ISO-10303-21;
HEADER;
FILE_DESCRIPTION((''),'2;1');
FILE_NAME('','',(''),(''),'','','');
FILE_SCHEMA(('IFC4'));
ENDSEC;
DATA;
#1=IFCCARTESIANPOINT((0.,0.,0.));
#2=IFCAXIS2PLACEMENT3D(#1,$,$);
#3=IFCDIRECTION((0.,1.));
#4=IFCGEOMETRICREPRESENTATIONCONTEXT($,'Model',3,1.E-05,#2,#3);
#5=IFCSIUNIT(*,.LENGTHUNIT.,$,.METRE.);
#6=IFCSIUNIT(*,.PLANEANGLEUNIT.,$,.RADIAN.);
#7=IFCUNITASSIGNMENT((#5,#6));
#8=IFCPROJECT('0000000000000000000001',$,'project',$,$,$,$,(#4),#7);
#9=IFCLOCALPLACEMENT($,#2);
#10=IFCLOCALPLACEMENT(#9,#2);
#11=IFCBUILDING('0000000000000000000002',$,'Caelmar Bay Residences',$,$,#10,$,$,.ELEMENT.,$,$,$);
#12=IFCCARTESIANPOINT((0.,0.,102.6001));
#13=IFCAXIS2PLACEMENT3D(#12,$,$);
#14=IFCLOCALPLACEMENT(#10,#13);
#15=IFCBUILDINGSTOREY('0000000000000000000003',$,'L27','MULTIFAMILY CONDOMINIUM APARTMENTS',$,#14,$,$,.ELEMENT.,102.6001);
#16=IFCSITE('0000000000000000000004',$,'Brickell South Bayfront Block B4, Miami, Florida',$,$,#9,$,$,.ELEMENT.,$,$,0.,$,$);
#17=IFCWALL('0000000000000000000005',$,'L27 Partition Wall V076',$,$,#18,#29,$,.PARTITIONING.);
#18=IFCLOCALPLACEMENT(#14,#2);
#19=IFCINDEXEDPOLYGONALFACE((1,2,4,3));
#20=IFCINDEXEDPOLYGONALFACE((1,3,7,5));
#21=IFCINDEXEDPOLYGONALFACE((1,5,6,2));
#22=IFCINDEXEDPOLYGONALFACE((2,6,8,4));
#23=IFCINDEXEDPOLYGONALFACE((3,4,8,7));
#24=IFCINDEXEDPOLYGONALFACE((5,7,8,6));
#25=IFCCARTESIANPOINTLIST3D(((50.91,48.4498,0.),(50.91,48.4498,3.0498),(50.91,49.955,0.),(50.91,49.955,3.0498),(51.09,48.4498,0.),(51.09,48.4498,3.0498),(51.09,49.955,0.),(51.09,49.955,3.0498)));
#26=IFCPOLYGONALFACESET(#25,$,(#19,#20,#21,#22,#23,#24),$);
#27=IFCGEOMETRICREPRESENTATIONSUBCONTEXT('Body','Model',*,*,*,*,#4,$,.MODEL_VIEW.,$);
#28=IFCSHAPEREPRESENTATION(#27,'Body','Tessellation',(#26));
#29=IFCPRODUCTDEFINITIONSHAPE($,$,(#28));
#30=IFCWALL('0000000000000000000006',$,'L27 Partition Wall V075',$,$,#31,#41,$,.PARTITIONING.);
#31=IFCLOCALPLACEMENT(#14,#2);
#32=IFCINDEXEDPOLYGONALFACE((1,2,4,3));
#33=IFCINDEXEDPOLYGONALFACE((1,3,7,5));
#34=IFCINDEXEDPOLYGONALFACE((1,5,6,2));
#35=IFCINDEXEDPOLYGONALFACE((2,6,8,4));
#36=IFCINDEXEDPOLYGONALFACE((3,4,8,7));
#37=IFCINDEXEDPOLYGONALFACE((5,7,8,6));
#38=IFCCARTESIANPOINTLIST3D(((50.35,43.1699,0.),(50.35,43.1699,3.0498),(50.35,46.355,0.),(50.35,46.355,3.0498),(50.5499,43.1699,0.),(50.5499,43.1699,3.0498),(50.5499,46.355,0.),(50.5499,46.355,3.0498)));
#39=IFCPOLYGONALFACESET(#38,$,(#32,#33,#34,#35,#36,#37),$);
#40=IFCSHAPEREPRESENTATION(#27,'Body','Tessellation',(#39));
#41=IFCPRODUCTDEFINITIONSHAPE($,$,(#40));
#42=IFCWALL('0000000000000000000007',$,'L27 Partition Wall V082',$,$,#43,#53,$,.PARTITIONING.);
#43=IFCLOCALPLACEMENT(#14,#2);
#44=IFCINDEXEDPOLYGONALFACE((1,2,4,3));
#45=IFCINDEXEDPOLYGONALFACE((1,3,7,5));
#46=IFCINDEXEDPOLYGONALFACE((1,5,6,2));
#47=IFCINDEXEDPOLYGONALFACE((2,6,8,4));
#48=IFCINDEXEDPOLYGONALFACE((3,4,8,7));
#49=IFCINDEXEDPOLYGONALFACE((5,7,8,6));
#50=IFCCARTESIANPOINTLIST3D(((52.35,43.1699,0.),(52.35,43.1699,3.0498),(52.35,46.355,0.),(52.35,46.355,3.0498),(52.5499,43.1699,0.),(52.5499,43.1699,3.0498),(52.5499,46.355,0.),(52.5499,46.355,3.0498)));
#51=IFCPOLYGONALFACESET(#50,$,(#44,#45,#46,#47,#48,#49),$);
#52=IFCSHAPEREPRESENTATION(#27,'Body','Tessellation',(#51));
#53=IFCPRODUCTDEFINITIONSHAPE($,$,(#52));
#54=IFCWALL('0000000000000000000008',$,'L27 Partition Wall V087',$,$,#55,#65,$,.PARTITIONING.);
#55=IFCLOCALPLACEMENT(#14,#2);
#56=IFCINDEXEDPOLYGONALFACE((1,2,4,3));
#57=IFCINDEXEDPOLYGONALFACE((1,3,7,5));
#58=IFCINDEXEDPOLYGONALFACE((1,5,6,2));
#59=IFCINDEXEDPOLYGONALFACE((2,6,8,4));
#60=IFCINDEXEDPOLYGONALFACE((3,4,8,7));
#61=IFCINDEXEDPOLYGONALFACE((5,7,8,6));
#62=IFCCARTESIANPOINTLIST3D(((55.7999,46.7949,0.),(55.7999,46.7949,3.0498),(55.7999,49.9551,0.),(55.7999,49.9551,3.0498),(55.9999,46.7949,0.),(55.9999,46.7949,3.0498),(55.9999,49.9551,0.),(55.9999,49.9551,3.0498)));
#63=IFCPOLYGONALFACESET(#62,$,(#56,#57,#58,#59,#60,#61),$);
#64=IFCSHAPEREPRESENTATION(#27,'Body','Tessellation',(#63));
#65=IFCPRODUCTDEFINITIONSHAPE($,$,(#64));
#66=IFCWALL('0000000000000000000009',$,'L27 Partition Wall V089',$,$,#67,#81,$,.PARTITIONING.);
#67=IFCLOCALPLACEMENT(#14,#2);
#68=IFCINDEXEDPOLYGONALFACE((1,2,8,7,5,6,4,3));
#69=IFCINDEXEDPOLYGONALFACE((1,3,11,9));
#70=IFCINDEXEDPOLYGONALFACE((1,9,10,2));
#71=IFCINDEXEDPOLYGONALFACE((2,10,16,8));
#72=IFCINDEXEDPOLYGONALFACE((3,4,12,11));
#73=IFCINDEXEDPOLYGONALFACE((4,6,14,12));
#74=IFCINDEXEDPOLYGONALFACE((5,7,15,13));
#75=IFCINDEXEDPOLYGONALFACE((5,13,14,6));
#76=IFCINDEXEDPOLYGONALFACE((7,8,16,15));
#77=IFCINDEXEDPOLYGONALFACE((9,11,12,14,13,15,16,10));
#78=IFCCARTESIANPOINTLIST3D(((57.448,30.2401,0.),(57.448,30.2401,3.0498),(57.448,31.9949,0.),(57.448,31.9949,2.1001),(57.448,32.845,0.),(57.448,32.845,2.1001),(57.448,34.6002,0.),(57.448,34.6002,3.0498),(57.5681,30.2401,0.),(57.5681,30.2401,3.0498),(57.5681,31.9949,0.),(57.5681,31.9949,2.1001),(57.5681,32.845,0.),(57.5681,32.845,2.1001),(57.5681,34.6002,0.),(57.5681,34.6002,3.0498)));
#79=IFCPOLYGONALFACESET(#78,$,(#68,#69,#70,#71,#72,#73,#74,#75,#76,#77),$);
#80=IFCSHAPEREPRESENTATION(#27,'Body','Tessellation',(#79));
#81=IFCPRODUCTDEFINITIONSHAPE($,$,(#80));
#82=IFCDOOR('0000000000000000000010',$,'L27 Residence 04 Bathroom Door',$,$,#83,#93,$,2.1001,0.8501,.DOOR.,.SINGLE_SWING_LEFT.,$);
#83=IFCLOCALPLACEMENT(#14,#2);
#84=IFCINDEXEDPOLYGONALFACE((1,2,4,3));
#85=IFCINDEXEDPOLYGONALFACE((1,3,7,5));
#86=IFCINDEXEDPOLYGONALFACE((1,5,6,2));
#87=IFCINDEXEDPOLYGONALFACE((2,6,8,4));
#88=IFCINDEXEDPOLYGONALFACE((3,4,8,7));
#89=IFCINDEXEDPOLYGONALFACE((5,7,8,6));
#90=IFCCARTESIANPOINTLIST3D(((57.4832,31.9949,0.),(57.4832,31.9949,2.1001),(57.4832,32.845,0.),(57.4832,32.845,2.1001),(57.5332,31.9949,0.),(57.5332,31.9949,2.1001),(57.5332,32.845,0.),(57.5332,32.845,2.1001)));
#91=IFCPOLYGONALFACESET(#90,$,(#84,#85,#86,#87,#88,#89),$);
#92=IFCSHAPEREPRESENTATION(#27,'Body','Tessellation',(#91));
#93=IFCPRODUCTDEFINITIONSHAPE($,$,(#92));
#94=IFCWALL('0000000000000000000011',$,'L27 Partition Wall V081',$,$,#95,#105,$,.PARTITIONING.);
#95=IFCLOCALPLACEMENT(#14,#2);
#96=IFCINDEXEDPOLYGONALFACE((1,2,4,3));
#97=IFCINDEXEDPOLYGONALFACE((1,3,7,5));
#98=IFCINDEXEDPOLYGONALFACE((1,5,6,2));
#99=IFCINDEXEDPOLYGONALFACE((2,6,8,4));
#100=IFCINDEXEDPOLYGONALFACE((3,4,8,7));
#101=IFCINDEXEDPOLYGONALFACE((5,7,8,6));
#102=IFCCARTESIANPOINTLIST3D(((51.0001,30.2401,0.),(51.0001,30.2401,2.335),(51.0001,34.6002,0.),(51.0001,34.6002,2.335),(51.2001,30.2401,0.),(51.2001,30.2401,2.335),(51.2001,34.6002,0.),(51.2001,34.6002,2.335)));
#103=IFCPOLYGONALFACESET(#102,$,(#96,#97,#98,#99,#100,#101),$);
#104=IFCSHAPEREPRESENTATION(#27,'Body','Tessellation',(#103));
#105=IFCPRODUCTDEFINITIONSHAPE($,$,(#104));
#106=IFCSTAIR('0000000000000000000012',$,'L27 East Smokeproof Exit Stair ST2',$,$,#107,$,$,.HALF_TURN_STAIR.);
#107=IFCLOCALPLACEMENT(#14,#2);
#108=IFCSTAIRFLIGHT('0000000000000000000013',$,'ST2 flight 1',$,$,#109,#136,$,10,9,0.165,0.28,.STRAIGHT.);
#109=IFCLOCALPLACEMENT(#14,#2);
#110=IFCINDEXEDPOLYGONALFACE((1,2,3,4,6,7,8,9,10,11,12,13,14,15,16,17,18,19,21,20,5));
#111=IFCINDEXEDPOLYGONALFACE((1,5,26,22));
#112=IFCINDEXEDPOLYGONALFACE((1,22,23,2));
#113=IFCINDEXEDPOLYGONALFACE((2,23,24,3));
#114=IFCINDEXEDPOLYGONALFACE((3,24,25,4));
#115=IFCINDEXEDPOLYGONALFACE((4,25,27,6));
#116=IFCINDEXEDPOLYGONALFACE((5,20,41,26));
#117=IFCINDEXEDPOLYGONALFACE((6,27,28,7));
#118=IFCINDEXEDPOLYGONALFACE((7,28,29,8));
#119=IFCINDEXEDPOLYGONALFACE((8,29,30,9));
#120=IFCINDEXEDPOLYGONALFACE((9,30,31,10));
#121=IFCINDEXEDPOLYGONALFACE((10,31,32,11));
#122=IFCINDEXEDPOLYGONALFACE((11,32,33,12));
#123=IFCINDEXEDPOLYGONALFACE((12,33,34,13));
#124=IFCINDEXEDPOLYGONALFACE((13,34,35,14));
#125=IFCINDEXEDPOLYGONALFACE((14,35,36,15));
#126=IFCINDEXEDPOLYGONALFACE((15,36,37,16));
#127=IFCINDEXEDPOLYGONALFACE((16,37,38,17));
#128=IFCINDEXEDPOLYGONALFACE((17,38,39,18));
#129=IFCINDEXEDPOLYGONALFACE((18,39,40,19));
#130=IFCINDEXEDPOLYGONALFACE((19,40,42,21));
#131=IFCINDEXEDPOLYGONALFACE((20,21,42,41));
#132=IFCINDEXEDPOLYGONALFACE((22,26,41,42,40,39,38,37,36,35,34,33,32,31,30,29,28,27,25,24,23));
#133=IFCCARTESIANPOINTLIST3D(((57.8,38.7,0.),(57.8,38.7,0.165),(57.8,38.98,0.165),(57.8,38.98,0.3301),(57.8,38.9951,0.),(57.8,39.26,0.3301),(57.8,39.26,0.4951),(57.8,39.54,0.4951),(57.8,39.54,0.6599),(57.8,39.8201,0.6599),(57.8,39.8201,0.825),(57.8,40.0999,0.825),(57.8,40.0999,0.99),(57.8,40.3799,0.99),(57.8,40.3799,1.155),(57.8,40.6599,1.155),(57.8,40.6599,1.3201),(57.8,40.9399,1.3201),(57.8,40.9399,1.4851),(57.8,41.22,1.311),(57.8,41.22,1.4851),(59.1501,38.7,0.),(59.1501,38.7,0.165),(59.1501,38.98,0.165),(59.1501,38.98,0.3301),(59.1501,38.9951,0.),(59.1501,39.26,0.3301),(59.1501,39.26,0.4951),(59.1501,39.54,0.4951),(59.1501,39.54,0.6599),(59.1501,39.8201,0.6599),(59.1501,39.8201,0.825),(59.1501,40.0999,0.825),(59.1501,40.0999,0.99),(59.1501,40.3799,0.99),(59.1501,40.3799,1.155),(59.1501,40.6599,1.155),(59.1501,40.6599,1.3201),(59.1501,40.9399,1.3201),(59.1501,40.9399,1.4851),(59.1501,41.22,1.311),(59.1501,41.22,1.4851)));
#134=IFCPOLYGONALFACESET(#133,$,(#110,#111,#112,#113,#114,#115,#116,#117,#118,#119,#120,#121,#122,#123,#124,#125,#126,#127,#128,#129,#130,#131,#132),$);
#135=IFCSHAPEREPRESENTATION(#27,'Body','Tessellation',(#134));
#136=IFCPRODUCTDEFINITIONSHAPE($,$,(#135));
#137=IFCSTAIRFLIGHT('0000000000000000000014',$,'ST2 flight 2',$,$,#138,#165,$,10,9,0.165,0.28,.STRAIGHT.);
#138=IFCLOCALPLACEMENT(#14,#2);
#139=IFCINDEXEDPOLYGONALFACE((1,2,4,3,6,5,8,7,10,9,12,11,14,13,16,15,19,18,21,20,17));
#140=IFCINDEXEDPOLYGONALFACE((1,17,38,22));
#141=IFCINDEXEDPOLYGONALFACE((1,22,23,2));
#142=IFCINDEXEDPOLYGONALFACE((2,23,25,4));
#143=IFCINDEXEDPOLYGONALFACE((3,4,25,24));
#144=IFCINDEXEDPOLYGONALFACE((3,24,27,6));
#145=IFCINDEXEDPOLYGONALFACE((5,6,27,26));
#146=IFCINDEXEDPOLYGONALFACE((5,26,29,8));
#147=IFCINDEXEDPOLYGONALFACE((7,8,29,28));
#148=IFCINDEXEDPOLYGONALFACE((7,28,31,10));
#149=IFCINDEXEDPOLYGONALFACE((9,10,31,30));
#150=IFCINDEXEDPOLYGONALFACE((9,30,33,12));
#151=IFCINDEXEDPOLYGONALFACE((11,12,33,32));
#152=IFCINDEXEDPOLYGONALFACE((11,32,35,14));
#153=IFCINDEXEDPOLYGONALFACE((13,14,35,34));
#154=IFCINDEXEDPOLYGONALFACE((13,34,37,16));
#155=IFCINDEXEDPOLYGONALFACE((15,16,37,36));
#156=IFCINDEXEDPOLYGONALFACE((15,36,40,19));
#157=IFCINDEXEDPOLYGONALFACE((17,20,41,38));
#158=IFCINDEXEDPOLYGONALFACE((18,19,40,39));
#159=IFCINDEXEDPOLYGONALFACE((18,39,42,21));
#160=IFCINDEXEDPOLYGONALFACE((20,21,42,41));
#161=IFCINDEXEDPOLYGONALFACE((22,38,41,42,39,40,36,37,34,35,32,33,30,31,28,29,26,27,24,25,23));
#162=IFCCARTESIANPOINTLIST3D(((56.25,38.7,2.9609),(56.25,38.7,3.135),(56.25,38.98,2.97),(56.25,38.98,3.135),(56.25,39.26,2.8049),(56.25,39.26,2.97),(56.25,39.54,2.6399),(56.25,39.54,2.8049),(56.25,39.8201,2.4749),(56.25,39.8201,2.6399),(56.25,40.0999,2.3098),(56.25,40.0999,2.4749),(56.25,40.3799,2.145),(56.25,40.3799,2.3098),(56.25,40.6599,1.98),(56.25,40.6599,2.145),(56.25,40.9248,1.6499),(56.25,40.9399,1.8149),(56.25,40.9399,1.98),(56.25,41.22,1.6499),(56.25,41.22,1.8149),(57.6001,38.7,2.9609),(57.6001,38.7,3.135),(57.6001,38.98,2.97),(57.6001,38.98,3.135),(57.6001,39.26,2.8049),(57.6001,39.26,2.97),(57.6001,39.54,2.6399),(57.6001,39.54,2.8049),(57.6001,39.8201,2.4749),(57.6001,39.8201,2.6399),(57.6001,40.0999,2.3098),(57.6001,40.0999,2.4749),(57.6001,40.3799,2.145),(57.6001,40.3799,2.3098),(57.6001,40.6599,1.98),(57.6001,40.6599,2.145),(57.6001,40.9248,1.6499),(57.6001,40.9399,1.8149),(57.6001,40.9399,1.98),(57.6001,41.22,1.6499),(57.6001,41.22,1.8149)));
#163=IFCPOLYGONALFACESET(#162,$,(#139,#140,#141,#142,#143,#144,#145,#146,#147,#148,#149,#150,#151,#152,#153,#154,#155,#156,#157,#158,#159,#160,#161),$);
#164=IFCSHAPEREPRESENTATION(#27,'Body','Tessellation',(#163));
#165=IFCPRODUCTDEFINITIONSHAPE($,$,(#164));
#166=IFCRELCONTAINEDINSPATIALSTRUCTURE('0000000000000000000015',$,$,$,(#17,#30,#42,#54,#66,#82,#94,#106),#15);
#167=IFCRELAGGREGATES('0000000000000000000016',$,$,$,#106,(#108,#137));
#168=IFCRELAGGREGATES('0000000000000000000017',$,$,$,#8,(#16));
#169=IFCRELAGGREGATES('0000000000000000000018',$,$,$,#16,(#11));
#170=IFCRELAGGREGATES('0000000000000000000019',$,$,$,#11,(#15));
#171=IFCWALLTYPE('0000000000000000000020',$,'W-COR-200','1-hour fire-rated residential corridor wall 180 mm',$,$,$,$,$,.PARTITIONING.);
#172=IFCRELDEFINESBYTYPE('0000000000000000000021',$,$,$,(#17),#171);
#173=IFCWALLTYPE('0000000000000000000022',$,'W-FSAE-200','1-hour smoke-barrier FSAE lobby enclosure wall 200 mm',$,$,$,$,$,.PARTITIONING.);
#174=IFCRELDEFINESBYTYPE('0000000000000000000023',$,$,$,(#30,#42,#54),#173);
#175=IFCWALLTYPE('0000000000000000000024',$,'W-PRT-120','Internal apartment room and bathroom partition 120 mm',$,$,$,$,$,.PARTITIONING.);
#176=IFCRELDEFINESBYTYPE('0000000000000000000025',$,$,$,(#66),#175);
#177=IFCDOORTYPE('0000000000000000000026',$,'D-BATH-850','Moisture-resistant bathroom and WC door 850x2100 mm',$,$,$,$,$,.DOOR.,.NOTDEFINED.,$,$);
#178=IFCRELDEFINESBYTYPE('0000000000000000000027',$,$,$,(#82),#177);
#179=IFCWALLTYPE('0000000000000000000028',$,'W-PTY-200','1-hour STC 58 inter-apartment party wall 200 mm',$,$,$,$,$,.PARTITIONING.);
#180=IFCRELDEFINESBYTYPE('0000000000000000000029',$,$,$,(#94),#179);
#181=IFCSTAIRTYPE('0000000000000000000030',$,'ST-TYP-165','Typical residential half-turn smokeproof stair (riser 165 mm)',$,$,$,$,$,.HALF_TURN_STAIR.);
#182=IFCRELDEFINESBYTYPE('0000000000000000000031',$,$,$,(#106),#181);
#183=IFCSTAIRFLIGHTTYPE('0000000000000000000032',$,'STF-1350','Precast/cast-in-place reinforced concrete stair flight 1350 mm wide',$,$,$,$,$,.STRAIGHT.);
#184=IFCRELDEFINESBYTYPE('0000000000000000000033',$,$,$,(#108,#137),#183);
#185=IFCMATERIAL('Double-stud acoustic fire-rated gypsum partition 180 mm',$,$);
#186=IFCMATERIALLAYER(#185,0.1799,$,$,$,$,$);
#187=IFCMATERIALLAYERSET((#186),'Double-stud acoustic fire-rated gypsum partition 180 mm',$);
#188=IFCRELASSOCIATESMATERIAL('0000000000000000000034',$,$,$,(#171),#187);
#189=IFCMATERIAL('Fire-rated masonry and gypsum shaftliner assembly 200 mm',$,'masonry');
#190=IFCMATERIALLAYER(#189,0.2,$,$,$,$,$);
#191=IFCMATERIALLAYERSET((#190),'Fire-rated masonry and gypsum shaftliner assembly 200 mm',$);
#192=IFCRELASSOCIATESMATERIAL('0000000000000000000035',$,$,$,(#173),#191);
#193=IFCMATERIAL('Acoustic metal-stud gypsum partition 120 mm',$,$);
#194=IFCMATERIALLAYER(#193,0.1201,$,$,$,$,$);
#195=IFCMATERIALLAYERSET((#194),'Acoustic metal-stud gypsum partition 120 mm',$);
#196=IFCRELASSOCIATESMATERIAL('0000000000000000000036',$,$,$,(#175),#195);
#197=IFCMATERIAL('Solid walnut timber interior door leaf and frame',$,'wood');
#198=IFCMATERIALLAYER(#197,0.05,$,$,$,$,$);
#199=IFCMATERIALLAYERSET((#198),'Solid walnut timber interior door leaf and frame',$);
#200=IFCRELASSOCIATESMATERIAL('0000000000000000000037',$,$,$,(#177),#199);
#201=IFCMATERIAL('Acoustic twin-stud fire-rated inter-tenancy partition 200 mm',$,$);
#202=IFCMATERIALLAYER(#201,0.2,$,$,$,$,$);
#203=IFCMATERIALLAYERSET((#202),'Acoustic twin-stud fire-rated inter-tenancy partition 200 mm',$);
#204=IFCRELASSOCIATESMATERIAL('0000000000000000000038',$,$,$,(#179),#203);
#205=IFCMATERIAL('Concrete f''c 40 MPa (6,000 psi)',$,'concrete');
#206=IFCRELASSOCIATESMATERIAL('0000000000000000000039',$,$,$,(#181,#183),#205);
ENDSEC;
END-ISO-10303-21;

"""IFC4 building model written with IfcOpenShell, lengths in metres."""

from ifc_helpers import new_model, si_unit, direction, frame, frame_2d, origin, place, context, subcontext, project, spatial, polyline, rectangle, outline, extrude, material, layer, layer_set, type_object, element, fill, aggregate, save


model = new_model("IFC4")

# Units and contexts
model_context = context("Model", 3, precision=1e-05, world=origin(), true_north=direction((0.0, 1.0)))
body_context = subcontext(model_context, "Body", "Model", "MODEL_VIEW")
ifc_project = project(units=[si_unit("LENGTHUNIT", "METRE"), si_unit("PLANEANGLEUNIT", "RADIAN")], contexts=[model_context])

# Site, building, storey
site_placement = place(None, origin())
site = spatial("IfcSite", under=ifc_project, at=site_placement, Name="Brickell South Bayfront Block B4, Miami, Florida", CompositionType="ELEMENT", RefElevation=0.0)
building_placement = place(site_placement, origin())
building = spatial("IfcBuilding", under=site, at=building_placement, Name="Caelmar Bay Residences", CompositionType="ELEMENT")
storey_placement = place(building_placement, frame((0.0, 0.0, 102.6001)))
storey = spatial("IfcBuildingStorey", under=building, at=storey_placement, Name="L27", Description="MULTIFAMILY CONDOMINIUM APARTMENTS", CompositionType="ELEMENT", Elevation=102.6001)

# Walls
ifc_material_1 = material(Name="Double-stud acoustic fire-rated gypsum partition 180 mm")
ifc_layer_1 = layer(ifc_material_1, 0.1799)
ifc_layer_set_1 = layer_set([ifc_layer_1], Name="Double-stud acoustic fire-rated gypsum partition 180 mm")
wall_type_1 = type_object("IfcWallType", Name="W-COR-200", Description="1-hour fire-rated residential corridor wall 180 mm", PredefinedType="PARTITIONING", material=ifc_layer_set_1)
wall_1_placement = place(storey_placement, frame((51.0, 48.45, 0.0), z_axis=(0.0, 0.0, 1.0), x_axis=(0.0, 1.0, 0.0)))
element("IfcWall", 1, at=wall_1_placement, inside=storey, type_object=wall_type_1, Name="L27 Partition Wall V076", PredefinedType="PARTITIONING", context=body_context, shape_type="SweptSolid", body=[
    extrude(rectangle(XDim=1.5051, YDim=0.1799, at=frame_2d((0.7524, 0.0))), origin(), (0.0, 0.0, 1.0), 3.0498),
])
ifc_material_2 = material(Name="Fire-rated masonry and gypsum shaftliner assembly 200 mm", Category="masonry")
ifc_layer_2 = layer(ifc_material_2, 0.2)
ifc_layer_set_2 = layer_set([ifc_layer_2], Name="Fire-rated masonry and gypsum shaftliner assembly 200 mm")
wall_type_2 = type_object("IfcWallType", Name="W-FSAE-200", Description="1-hour smoke-barrier FSAE lobby enclosure wall 200 mm", PredefinedType="PARTITIONING", material=ifc_layer_set_2)
for number, where, z_axis, x_axis, name in (
    (2, (50.45, 43.1699, 0.0), (0.0, 0.0, 1.0), (0.0, 1.0, 0.0), "L27 Partition Wall V075"),
    (3, (52.45, 43.1699, 0.0), (0.0, 0.0, 1.0), (0.0, 1.0, 0.0), "L27 Partition Wall V082"),
):
    element("IfcWall", number, at=place(storey_placement, frame(where, z_axis=z_axis, x_axis=x_axis)), inside=storey, type_object=wall_type_2, Name=name, PredefinedType="PARTITIONING", context=body_context, shape_type="SweptSolid", body=[
        extrude(rectangle(XDim=3.1851, YDim=0.2, at=frame_2d((1.5925, 0.0))), origin(), (0.0, 0.0, 1.0), 3.0498),
    ])
wall_2_placement = place(storey_placement, frame((55.8999, 46.7949, 0.0), z_axis=(0.0, 0.0, 1.0), x_axis=(0.0, 1.0, 0.0)))
element("IfcWall", 4, at=wall_2_placement, inside=storey, type_object=wall_type_2, Name="L27 Partition Wall V087", PredefinedType="PARTITIONING", context=body_context, shape_type="SweptSolid", body=[
    extrude(rectangle(XDim=3.1602, YDim=0.2, at=frame_2d((1.5801, 0.0))), origin(), (0.0, 0.0, 1.0), 3.0498),
])

# Wall, opening, door
ifc_material_3 = material(Name="Acoustic metal-stud gypsum partition 120 mm")
ifc_layer_3 = layer(ifc_material_3, 0.1201)
ifc_layer_set_3 = layer_set([ifc_layer_3], Name="Acoustic metal-stud gypsum partition 120 mm")
wall_type_3 = type_object("IfcWallType", Name="W-PRT-120", Description="Internal apartment room and bathroom partition 120 mm", PredefinedType="PARTITIONING", material=ifc_layer_set_3)
wall_3_placement = place(storey_placement, frame((57.5081, 30.24, 0.0), z_axis=(0.0, 0.0, 1.0), x_axis=(0.0, 1.0, 0.0)))
wall_3 = element("IfcWall", 5, at=wall_3_placement, inside=storey, type_object=wall_type_3, Name="L27 Partition Wall V089", PredefinedType="PARTITIONING", context=body_context, shape_type="SweptSolid", body=[
    extrude(rectangle(XDim=4.3601, YDim=0.1201, at=frame_2d((2.1802, 0.0))), origin(), (0.0, 0.0, 1.0), 3.0498),
])
opening_1_placement = place(wall_3_placement, frame((1.7549, 0.0, 0.0)))
opening_1 = element("IfcOpeningElement", 6, at=opening_1_placement, cuts=wall_3, PredefinedType="OPENING", context=body_context, shape_type="SweptSolid", body=[
    extrude(rectangle(XDim=0.8501, YDim=2.1001, at=frame_2d((0.425, 1.05))), frame((0.0, 0.0701, 0.0), z_axis=(0.0, -1.0, 0.0), x_axis=(1.0, 0.0, 0.0)), (0.0, 0.0, 1.0), 0.1401),
])
ifc_material_4 = material(Name="Solid walnut timber interior door leaf and frame", Category="wood")
ifc_layer_4 = layer(ifc_material_4, 0.05)
ifc_layer_set_4 = layer_set([ifc_layer_4], Name="Solid walnut timber interior door leaf and frame")
door_type_1 = type_object("IfcDoorType", Name="D-BATH-850", Description="Moisture-resistant bathroom and WC door 850x2100 mm", OperationType="NOTDEFINED", PredefinedType="DOOR", material=ifc_layer_set_4)
door_1_placement = place(opening_1_placement, origin())
door_1 = element("IfcDoor", 7, at=door_1_placement, inside=storey, type_object=door_type_1, Name="L27 Residence 04 Bathroom Door", OperationType="SINGLE_SWING_LEFT", OverallHeight=2.1001, OverallWidth=0.8501, PredefinedType="DOOR", context=body_context, shape_type="SweptSolid", body=[
    extrude(rectangle(XDim=0.8501, YDim=2.1001, at=frame_2d((0.425, 1.05))), frame((0.0, 0.0249, 0.0), z_axis=(0.0, -1.0, 0.0), x_axis=(1.0, 0.0, 0.0)), (0.0, 0.0, 1.0), 0.05),
])
fill(opening_1, door_1)

# Wall
ifc_material_5 = material(Name="Acoustic twin-stud fire-rated inter-tenancy partition 200 mm")
ifc_layer_5 = layer(ifc_material_5, 0.2)
ifc_layer_set_5 = layer_set([ifc_layer_5], Name="Acoustic twin-stud fire-rated inter-tenancy partition 200 mm")
wall_type_4 = type_object("IfcWallType", Name="W-PTY-200", Description="1-hour STC 58 inter-apartment party wall 200 mm", PredefinedType="PARTITIONING", material=ifc_layer_set_5)
wall_4_placement = place(storey_placement, frame((51.1001, 30.24, 0.0), z_axis=(0.0, 0.0, 1.0), x_axis=(0.0, 1.0, 0.0)))
element("IfcWall", 8, at=wall_4_placement, inside=storey, type_object=wall_type_4, Name="L27 Partition Wall V081", PredefinedType="PARTITIONING", context=body_context, shape_type="SweptSolid", body=[
    extrude(rectangle(XDim=4.3601, YDim=0.2, at=frame_2d((2.1802, 0.0))), origin(), (0.0, 0.0, 1.0), 2.335),
])

# Stair, stair flights
ifc_material_6 = material(Name="Concrete f'c 40 MPa (6,000 psi)", Category="concrete")
stair_type = type_object("IfcStairType", Name="ST-TYP-165", Description="Typical residential half-turn smokeproof stair (riser 165 mm)", PredefinedType="HALF_TURN_STAIR", material=ifc_material_6)
stair_placement = place(storey_placement, origin())
stair = element("IfcStair", 9, at=stair_placement, inside=storey, type_object=stair_type, Name="L27 East Smokeproof Exit Stair ST2", PredefinedType="HALF_TURN_STAIR")
stair_flight_type = type_object("IfcStairFlightType", Name="STF-1350", Description="Precast/cast-in-place reinforced concrete stair flight 1350 mm wide", PredefinedType="STRAIGHT", material=ifc_material_6)
stair_flight_1_placement = place(storey_placement, frame((58.4751, 38.7, 0.0), z_axis=(0.0, 0.0, 1.0), x_axis=(0.0, 1.0, 0.0)))
stair_flight_1 = element("IfcStairFlight", 10, at=stair_flight_1_placement, type_object=stair_flight_type, Name="ST2 flight 1", NumberOfRisers=10, NumberOfTreads=9, PredefinedType="STRAIGHT", RiserHeight=0.165, TreadLength=0.28, context=body_context, shape_type="SweptSolid", body=[
    extrude(outline(polyline([(0.0, 0.0), (0.0, 0.165), (0.28, 0.165), (0.28, 0.3301), (0.5601, 0.3301), (0.5601, 0.4951), (0.8401, 0.4951), (0.8401, 0.6599), (1.1201, 0.6599), (1.1201, 0.825), (1.3999, 0.825), (1.3999, 0.99), (1.6799, 0.99), (1.6799, 1.155), (1.96, 1.155), (1.96, 1.3201), (2.24, 1.3201), (2.24, 1.4851), (2.52, 1.4851), (2.52, 1.6499), (2.52, 1.311), (0.2952, 0.0), (0.0, 0.0)])), frame((0.0, 0.675, 0.0), z_axis=(0.0, -1.0, 0.0), x_axis=(1.0, 0.0, 0.0)), (0.0, 0.0, 1.0), 1.3501),
])
stair_flight_2_placement = place(storey_placement, frame((56.925, 41.22, 1.6499), z_axis=(0.0, 0.0, 1.0), x_axis=(0.0, -1.0, 0.0)))
stair_flight_2 = element("IfcStairFlight", 11, at=stair_flight_2_placement, type_object=stair_flight_type, Name="ST2 flight 2", NumberOfRisers=10, NumberOfTreads=9, PredefinedType="STRAIGHT", RiserHeight=0.165, TreadLength=0.28, context=body_context, shape_type="SweptSolid", body=[
    extrude(outline(polyline([(0.0, 0.0), (0.0, 0.165), (0.28, 0.165), (0.28, 0.3301), (0.5601, 0.3301), (0.5601, 0.4951), (0.8401, 0.4951), (0.8401, 0.6599), (1.1201, 0.6599), (1.1201, 0.825), (1.3999, 0.825), (1.3999, 0.99), (1.6799, 0.99), (1.6799, 1.155), (1.96, 1.155), (1.96, 1.3201), (2.24, 1.3201), (2.24, 1.4851), (2.52, 1.4851), (2.52, 1.6499), (2.52, 1.311), (0.2952, 0.0), (0.0, 0.0)])), frame((0.0, 0.675, 0.0), z_axis=(0.0, -1.0, 0.0), x_axis=(1.0, 0.0, 0.0)), (0.0, 0.0, 1.0), 1.3501),
])
aggregate(stair, [stair_flight_1, stair_flight_2])

save(model, "model.ifc")
